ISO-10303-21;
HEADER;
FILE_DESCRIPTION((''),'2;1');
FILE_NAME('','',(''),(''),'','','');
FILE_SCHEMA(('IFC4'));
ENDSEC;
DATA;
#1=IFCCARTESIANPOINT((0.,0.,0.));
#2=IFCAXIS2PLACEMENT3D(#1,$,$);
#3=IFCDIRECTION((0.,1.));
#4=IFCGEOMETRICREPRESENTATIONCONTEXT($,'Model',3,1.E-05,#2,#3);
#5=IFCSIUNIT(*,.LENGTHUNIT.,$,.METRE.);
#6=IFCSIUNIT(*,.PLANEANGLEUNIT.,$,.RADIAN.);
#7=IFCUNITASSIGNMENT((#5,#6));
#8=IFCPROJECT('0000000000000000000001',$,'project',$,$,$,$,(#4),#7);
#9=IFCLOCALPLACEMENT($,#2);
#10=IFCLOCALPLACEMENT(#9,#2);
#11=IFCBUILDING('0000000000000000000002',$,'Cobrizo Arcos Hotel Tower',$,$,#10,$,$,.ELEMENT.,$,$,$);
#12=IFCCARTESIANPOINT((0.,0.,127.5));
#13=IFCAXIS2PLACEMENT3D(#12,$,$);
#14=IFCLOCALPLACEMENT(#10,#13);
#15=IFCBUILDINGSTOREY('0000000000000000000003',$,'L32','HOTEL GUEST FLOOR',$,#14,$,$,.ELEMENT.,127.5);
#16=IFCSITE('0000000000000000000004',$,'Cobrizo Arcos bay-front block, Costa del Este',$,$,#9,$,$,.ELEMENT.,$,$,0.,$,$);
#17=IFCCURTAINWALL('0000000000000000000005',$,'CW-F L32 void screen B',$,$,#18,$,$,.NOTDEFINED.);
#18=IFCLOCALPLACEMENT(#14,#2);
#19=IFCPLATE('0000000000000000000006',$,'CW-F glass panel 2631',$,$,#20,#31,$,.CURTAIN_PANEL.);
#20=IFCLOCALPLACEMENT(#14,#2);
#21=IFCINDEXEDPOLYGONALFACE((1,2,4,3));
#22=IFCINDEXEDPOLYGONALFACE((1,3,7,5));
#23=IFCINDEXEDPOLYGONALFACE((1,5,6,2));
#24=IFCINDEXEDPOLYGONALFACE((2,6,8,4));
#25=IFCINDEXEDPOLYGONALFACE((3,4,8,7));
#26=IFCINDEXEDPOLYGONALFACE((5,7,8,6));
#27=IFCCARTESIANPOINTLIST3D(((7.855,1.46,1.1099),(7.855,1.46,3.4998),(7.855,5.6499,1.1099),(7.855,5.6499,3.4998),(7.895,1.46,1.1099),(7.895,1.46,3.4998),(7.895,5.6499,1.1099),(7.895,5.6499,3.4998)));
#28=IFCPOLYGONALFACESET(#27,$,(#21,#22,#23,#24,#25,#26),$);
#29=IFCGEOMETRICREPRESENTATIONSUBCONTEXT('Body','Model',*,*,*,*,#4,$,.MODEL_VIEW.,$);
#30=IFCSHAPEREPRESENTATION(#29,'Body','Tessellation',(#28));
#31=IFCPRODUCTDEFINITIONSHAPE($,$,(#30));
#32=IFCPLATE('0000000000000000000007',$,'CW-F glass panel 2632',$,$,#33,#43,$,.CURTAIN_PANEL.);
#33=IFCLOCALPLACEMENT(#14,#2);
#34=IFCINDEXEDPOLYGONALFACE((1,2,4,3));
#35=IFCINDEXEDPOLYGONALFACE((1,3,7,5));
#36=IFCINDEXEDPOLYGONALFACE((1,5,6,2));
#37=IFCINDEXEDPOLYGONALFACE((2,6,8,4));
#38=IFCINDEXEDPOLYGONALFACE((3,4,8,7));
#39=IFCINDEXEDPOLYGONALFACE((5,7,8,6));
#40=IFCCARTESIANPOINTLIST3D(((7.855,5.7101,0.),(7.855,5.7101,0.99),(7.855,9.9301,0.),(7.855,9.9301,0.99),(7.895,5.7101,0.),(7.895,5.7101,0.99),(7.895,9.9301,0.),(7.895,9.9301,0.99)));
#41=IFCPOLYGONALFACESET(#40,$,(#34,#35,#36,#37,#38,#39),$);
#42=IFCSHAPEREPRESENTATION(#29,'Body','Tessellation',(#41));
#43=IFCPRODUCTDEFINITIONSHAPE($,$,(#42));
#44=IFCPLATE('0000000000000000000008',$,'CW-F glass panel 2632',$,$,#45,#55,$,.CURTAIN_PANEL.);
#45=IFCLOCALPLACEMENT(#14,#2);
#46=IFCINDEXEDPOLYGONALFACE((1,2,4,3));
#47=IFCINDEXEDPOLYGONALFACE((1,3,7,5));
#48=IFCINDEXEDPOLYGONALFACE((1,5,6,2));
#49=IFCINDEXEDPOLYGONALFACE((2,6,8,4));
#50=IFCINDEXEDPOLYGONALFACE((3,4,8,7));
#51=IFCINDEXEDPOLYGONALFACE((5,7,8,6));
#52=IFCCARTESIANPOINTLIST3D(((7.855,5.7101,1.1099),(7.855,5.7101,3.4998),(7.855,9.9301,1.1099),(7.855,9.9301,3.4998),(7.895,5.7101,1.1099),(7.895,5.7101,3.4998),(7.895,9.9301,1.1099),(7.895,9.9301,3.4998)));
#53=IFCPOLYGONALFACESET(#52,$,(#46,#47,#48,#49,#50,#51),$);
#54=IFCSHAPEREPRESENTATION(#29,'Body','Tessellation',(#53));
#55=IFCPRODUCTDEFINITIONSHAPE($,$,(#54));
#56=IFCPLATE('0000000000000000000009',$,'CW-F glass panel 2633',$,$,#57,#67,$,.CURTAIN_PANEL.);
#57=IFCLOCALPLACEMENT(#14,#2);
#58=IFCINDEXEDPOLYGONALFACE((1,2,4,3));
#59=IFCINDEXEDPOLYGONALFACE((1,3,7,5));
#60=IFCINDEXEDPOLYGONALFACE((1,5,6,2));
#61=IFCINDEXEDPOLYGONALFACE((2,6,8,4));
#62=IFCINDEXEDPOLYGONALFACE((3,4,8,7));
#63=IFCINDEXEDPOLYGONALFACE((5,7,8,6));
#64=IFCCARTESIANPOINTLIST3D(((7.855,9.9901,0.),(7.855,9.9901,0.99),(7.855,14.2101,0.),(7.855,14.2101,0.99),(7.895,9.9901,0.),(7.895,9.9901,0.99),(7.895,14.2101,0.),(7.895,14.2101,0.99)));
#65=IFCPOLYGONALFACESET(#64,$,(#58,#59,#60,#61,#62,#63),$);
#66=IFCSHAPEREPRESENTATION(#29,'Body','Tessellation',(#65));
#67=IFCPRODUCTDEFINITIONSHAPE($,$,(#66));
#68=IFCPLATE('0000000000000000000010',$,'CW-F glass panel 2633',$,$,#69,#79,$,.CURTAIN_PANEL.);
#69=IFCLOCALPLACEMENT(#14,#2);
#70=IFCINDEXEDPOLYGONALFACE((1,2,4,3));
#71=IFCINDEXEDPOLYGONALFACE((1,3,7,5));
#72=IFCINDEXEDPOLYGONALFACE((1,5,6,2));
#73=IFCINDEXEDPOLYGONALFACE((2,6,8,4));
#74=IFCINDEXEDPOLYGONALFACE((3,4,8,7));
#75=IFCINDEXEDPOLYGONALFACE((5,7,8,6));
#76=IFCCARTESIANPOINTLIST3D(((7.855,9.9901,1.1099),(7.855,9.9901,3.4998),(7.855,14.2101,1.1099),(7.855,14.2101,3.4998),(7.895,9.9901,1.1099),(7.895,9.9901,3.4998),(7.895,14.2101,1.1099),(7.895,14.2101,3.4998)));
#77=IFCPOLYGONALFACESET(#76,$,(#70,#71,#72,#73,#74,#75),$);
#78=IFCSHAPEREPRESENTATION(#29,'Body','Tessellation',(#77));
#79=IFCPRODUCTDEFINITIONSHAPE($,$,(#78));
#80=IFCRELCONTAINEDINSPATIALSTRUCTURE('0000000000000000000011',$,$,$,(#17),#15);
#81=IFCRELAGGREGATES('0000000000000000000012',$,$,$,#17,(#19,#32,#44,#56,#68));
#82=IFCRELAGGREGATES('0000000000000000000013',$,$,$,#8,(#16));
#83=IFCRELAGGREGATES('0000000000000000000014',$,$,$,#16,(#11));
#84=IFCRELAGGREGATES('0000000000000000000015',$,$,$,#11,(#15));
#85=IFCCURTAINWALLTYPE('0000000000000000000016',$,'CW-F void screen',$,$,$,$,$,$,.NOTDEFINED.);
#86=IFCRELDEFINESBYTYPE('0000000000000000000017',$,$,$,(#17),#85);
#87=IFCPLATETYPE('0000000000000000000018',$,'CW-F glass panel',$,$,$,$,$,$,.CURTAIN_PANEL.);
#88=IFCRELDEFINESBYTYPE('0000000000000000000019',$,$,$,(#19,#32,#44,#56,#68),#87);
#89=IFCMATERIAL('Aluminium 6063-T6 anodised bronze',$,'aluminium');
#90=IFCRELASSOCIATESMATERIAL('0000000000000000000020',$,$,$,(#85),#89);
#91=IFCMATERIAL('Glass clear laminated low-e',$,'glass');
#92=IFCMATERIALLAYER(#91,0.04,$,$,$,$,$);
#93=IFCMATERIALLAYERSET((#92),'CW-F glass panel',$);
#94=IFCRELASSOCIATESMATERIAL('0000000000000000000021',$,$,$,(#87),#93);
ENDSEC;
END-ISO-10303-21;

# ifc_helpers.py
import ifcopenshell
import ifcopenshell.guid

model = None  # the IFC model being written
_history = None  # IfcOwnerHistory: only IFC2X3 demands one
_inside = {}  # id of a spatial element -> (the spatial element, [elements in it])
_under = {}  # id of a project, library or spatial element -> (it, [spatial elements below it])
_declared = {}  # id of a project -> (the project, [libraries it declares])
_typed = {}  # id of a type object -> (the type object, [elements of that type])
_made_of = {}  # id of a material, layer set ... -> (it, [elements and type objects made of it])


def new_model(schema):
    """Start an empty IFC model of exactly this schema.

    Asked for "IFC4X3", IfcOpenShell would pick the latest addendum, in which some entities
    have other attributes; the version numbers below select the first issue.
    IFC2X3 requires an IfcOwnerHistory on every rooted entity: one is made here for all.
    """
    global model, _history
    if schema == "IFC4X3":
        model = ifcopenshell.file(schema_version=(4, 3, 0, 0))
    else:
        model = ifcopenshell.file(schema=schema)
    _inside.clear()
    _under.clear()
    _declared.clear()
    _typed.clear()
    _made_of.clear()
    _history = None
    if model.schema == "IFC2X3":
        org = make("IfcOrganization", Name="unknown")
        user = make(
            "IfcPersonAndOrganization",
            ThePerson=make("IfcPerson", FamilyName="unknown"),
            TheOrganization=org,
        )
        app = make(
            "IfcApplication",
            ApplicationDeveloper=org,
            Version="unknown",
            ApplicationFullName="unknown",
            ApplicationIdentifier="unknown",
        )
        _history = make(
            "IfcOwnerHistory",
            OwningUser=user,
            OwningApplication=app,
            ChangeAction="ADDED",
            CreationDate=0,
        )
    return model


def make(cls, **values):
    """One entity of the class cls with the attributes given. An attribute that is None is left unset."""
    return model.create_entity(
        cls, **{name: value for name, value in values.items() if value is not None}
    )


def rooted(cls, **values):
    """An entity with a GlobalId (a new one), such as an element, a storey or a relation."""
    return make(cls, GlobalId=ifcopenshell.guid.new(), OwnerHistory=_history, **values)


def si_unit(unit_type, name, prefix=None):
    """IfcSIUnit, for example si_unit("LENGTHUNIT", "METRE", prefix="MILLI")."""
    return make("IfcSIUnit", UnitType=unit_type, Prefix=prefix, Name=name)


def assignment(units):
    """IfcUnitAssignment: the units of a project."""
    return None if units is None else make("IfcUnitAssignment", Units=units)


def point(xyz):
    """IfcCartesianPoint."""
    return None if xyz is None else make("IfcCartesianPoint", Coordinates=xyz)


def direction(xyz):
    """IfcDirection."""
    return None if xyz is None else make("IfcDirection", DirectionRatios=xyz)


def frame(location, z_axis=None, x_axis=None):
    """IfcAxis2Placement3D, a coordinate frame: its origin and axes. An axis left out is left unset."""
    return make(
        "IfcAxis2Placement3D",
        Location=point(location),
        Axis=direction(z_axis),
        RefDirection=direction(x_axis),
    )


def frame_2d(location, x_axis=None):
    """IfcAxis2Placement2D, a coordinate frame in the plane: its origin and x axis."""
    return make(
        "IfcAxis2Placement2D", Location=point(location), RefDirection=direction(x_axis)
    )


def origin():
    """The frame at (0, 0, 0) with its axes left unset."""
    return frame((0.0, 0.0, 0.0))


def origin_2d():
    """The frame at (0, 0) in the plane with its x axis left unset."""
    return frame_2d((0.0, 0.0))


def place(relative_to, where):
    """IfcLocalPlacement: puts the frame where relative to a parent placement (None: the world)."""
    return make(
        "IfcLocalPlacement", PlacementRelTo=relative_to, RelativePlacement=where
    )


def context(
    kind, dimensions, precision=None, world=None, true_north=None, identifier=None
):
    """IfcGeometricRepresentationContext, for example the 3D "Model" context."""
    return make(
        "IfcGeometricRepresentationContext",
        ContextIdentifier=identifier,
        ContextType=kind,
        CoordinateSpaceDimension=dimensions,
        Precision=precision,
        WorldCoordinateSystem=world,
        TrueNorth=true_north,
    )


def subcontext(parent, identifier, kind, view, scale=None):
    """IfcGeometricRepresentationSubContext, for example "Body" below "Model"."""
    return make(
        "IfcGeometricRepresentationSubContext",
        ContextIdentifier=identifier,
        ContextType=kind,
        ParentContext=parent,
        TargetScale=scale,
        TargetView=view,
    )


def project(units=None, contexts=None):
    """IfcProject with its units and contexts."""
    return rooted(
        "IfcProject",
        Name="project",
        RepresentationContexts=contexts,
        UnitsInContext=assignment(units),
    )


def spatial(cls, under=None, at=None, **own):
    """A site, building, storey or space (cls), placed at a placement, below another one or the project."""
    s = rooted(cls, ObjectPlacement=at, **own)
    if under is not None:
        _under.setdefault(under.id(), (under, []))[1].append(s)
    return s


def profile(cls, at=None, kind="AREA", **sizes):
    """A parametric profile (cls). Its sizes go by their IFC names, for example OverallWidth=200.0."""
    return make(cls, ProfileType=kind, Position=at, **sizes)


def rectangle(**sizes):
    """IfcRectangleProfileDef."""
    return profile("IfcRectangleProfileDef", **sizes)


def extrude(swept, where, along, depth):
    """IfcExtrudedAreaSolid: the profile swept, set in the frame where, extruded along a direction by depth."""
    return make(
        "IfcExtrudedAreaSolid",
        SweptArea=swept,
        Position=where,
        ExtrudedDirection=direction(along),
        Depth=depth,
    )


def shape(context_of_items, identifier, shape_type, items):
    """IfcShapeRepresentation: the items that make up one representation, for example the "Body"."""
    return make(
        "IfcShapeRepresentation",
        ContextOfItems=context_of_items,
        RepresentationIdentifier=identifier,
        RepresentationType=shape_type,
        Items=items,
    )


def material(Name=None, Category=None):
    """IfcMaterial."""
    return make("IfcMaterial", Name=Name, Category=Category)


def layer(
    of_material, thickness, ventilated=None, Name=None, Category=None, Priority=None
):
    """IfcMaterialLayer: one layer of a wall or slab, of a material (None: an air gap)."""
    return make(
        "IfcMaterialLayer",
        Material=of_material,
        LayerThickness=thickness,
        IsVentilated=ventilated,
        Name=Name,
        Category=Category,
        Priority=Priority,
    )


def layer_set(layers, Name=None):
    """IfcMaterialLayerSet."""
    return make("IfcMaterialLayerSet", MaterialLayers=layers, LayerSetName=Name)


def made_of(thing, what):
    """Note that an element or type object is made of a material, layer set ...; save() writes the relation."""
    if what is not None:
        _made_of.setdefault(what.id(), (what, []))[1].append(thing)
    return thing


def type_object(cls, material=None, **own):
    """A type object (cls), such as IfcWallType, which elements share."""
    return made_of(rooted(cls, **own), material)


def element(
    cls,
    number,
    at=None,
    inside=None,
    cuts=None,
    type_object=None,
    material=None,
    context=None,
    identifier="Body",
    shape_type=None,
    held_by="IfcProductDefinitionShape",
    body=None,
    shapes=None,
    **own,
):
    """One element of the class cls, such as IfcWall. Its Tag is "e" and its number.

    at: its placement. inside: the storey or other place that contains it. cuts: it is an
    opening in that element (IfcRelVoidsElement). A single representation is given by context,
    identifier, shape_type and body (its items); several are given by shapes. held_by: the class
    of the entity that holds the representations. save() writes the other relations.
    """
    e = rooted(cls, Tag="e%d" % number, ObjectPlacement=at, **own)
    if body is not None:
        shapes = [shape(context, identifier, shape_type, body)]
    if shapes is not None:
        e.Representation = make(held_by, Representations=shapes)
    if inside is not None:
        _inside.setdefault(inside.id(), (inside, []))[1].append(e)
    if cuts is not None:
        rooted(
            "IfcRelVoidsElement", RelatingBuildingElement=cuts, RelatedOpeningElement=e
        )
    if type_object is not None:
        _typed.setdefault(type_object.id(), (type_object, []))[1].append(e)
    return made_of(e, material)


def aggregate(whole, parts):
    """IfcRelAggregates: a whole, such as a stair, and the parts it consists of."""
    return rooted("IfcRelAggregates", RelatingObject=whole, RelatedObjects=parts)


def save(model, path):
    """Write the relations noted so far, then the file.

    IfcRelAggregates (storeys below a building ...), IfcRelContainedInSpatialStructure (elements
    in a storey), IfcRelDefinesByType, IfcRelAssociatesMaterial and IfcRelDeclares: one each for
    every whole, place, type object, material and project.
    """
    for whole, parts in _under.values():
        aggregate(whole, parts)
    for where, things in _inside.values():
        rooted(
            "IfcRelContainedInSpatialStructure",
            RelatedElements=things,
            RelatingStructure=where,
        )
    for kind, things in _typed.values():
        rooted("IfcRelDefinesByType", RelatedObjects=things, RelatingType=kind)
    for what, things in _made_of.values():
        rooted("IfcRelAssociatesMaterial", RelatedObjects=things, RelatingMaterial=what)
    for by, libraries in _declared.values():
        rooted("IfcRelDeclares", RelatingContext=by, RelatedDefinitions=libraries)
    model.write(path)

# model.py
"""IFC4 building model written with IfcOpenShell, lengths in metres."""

from ifc_helpers import new_model, si_unit, direction, frame, origin, origin_2d, place, context, subcontext, project, spatial, rectangle, extrude, material, layer, layer_set, type_object, element, aggregate, save


model = new_model("IFC4")

# Units and contexts
model_context = context("Model", 3, precision=1e-05, world=origin(), true_north=direction((0.0, 1.0)))
body_context = subcontext(model_context, "Body", "Model", "MODEL_VIEW")
ifc_project = project(units=[si_unit("LENGTHUNIT", "METRE"), si_unit("PLANEANGLEUNIT", "RADIAN")], contexts=[model_context])

# Site, building, storey
site_placement = place(None, origin())
site = spatial("IfcSite", under=ifc_project, at=site_placement, Name="Cobrizo Arcos bay-front block, Costa del Este", CompositionType="ELEMENT", RefElevation=0.0)
building_placement = place(site_placement, origin())
building = spatial("IfcBuilding", under=site, at=building_placement, Name="Cobrizo Arcos Hotel Tower", CompositionType="ELEMENT")
storey_placement = place(building_placement, frame((0.0, 0.0, 127.5)))
storey = spatial("IfcBuildingStorey", under=building, at=storey_placement, Name="L32", Description="HOTEL GUEST FLOOR", CompositionType="ELEMENT", Elevation=127.5)

# Curtain wall
ifc_material_1 = material(Name="Aluminium 6063-T6 anodised bronze", Category="aluminium")
curtain_wall_type = type_object("IfcCurtainWallType", Name="CW-F void screen", PredefinedType="NOTDEFINED", material=ifc_material_1)
curtain_wall_placement = place(storey_placement, origin())
curtain_wall = element("IfcCurtainWall", 1, at=curtain_wall_placement, inside=storey, type_object=curtain_wall_type, Name="CW-F L32 void screen B", PredefinedType="NOTDEFINED")

# Plates
ifc_material_2 = material(Name="Glass clear laminated low-e", Category="glass")
ifc_layer_1 = layer(ifc_material_2, 0.04)
ifc_layer_set_1 = layer_set([ifc_layer_1], Name="CW-F glass panel")
plate_type = type_object("IfcPlateType", Name="CW-F glass panel", PredefinedType="CURTAIN_PANEL", material=ifc_layer_set_1)
plate_1_placement = place(storey_placement, frame((7.875, 3.5549, 1.1099), z_axis=(0.0, 0.0, 1.0), x_axis=(0.0, 1.0, 0.0)))
plate_1 = element("IfcPlate", 2, at=plate_1_placement, type_object=plate_type, Name="CW-F glass panel 2631", PredefinedType="CURTAIN_PANEL", context=body_context, shape_type="SweptSolid", body=[
    extrude(rectangle(XDim=4.1899, YDim=0.04, at=origin_2d()), origin(), (0.0, 0.0, 1.0), 2.3899),
])
plate_2_placement = place(storey_placement, frame((7.875, 7.8201, 0.0), z_axis=(0.0, 0.0, 1.0), x_axis=(0.0, 1.0, 0.0)))
plate_2 = element("IfcPlate", 3, at=plate_2_placement, type_object=plate_type, Name="CW-F glass panel 2632", PredefinedType="CURTAIN_PANEL", context=body_context, shape_type="SweptSolid", body=[
    extrude(rectangle(XDim=4.22, YDim=0.04, at=origin_2d()), origin(), (0.0, 0.0, 1.0), 0.99),
])
plate_3_placement = place(storey_placement, frame((7.875, 7.8201, 1.1099), z_axis=(0.0, 0.0, 1.0), x_axis=(0.0, 1.0, 0.0)))
plate_3 = element("IfcPlate", 4, at=plate_3_placement, type_object=plate_type, Name="CW-F glass panel 2632", PredefinedType="CURTAIN_PANEL", context=body_context, shape_type="SweptSolid", body=[
    extrude(rectangle(XDim=4.22, YDim=0.04, at=origin_2d()), origin(), (0.0, 0.0, 1.0), 2.3899),
])
plate_4_placement = place(storey_placement, frame((7.875, 12.1001, 0.0), z_axis=(0.0, 0.0, 1.0), x_axis=(0.0, 1.0, 0.0)))
plate_4 = element("IfcPlate", 5, at=plate_4_placement, type_object=plate_type, Name="CW-F glass panel 2633", PredefinedType="CURTAIN_PANEL", context=body_context, shape_type="SweptSolid", body=[
    extrude(rectangle(XDim=4.22, YDim=0.04, at=origin_2d()), origin(), (0.0, 0.0, 1.0), 0.99),
])
plate_5_placement = place(storey_placement, frame((7.875, 12.1001, 1.1099), z_axis=(0.0, 0.0, 1.0), x_axis=(0.0, 1.0, 0.0)))
plate_5 = element("IfcPlate", 6, at=plate_5_placement, type_object=plate_type, Name="CW-F glass panel 2633", PredefinedType="CURTAIN_PANEL", context=body_context, shape_type="SweptSolid", body=[
    extrude(rectangle(XDim=4.22, YDim=0.04, at=origin_2d()), origin(), (0.0, 0.0, 1.0), 2.3899),
])
aggregate(curtain_wall, [plate_1, plate_2, plate_3, plate_4, plate_5])

save(model, "model.ifc")
